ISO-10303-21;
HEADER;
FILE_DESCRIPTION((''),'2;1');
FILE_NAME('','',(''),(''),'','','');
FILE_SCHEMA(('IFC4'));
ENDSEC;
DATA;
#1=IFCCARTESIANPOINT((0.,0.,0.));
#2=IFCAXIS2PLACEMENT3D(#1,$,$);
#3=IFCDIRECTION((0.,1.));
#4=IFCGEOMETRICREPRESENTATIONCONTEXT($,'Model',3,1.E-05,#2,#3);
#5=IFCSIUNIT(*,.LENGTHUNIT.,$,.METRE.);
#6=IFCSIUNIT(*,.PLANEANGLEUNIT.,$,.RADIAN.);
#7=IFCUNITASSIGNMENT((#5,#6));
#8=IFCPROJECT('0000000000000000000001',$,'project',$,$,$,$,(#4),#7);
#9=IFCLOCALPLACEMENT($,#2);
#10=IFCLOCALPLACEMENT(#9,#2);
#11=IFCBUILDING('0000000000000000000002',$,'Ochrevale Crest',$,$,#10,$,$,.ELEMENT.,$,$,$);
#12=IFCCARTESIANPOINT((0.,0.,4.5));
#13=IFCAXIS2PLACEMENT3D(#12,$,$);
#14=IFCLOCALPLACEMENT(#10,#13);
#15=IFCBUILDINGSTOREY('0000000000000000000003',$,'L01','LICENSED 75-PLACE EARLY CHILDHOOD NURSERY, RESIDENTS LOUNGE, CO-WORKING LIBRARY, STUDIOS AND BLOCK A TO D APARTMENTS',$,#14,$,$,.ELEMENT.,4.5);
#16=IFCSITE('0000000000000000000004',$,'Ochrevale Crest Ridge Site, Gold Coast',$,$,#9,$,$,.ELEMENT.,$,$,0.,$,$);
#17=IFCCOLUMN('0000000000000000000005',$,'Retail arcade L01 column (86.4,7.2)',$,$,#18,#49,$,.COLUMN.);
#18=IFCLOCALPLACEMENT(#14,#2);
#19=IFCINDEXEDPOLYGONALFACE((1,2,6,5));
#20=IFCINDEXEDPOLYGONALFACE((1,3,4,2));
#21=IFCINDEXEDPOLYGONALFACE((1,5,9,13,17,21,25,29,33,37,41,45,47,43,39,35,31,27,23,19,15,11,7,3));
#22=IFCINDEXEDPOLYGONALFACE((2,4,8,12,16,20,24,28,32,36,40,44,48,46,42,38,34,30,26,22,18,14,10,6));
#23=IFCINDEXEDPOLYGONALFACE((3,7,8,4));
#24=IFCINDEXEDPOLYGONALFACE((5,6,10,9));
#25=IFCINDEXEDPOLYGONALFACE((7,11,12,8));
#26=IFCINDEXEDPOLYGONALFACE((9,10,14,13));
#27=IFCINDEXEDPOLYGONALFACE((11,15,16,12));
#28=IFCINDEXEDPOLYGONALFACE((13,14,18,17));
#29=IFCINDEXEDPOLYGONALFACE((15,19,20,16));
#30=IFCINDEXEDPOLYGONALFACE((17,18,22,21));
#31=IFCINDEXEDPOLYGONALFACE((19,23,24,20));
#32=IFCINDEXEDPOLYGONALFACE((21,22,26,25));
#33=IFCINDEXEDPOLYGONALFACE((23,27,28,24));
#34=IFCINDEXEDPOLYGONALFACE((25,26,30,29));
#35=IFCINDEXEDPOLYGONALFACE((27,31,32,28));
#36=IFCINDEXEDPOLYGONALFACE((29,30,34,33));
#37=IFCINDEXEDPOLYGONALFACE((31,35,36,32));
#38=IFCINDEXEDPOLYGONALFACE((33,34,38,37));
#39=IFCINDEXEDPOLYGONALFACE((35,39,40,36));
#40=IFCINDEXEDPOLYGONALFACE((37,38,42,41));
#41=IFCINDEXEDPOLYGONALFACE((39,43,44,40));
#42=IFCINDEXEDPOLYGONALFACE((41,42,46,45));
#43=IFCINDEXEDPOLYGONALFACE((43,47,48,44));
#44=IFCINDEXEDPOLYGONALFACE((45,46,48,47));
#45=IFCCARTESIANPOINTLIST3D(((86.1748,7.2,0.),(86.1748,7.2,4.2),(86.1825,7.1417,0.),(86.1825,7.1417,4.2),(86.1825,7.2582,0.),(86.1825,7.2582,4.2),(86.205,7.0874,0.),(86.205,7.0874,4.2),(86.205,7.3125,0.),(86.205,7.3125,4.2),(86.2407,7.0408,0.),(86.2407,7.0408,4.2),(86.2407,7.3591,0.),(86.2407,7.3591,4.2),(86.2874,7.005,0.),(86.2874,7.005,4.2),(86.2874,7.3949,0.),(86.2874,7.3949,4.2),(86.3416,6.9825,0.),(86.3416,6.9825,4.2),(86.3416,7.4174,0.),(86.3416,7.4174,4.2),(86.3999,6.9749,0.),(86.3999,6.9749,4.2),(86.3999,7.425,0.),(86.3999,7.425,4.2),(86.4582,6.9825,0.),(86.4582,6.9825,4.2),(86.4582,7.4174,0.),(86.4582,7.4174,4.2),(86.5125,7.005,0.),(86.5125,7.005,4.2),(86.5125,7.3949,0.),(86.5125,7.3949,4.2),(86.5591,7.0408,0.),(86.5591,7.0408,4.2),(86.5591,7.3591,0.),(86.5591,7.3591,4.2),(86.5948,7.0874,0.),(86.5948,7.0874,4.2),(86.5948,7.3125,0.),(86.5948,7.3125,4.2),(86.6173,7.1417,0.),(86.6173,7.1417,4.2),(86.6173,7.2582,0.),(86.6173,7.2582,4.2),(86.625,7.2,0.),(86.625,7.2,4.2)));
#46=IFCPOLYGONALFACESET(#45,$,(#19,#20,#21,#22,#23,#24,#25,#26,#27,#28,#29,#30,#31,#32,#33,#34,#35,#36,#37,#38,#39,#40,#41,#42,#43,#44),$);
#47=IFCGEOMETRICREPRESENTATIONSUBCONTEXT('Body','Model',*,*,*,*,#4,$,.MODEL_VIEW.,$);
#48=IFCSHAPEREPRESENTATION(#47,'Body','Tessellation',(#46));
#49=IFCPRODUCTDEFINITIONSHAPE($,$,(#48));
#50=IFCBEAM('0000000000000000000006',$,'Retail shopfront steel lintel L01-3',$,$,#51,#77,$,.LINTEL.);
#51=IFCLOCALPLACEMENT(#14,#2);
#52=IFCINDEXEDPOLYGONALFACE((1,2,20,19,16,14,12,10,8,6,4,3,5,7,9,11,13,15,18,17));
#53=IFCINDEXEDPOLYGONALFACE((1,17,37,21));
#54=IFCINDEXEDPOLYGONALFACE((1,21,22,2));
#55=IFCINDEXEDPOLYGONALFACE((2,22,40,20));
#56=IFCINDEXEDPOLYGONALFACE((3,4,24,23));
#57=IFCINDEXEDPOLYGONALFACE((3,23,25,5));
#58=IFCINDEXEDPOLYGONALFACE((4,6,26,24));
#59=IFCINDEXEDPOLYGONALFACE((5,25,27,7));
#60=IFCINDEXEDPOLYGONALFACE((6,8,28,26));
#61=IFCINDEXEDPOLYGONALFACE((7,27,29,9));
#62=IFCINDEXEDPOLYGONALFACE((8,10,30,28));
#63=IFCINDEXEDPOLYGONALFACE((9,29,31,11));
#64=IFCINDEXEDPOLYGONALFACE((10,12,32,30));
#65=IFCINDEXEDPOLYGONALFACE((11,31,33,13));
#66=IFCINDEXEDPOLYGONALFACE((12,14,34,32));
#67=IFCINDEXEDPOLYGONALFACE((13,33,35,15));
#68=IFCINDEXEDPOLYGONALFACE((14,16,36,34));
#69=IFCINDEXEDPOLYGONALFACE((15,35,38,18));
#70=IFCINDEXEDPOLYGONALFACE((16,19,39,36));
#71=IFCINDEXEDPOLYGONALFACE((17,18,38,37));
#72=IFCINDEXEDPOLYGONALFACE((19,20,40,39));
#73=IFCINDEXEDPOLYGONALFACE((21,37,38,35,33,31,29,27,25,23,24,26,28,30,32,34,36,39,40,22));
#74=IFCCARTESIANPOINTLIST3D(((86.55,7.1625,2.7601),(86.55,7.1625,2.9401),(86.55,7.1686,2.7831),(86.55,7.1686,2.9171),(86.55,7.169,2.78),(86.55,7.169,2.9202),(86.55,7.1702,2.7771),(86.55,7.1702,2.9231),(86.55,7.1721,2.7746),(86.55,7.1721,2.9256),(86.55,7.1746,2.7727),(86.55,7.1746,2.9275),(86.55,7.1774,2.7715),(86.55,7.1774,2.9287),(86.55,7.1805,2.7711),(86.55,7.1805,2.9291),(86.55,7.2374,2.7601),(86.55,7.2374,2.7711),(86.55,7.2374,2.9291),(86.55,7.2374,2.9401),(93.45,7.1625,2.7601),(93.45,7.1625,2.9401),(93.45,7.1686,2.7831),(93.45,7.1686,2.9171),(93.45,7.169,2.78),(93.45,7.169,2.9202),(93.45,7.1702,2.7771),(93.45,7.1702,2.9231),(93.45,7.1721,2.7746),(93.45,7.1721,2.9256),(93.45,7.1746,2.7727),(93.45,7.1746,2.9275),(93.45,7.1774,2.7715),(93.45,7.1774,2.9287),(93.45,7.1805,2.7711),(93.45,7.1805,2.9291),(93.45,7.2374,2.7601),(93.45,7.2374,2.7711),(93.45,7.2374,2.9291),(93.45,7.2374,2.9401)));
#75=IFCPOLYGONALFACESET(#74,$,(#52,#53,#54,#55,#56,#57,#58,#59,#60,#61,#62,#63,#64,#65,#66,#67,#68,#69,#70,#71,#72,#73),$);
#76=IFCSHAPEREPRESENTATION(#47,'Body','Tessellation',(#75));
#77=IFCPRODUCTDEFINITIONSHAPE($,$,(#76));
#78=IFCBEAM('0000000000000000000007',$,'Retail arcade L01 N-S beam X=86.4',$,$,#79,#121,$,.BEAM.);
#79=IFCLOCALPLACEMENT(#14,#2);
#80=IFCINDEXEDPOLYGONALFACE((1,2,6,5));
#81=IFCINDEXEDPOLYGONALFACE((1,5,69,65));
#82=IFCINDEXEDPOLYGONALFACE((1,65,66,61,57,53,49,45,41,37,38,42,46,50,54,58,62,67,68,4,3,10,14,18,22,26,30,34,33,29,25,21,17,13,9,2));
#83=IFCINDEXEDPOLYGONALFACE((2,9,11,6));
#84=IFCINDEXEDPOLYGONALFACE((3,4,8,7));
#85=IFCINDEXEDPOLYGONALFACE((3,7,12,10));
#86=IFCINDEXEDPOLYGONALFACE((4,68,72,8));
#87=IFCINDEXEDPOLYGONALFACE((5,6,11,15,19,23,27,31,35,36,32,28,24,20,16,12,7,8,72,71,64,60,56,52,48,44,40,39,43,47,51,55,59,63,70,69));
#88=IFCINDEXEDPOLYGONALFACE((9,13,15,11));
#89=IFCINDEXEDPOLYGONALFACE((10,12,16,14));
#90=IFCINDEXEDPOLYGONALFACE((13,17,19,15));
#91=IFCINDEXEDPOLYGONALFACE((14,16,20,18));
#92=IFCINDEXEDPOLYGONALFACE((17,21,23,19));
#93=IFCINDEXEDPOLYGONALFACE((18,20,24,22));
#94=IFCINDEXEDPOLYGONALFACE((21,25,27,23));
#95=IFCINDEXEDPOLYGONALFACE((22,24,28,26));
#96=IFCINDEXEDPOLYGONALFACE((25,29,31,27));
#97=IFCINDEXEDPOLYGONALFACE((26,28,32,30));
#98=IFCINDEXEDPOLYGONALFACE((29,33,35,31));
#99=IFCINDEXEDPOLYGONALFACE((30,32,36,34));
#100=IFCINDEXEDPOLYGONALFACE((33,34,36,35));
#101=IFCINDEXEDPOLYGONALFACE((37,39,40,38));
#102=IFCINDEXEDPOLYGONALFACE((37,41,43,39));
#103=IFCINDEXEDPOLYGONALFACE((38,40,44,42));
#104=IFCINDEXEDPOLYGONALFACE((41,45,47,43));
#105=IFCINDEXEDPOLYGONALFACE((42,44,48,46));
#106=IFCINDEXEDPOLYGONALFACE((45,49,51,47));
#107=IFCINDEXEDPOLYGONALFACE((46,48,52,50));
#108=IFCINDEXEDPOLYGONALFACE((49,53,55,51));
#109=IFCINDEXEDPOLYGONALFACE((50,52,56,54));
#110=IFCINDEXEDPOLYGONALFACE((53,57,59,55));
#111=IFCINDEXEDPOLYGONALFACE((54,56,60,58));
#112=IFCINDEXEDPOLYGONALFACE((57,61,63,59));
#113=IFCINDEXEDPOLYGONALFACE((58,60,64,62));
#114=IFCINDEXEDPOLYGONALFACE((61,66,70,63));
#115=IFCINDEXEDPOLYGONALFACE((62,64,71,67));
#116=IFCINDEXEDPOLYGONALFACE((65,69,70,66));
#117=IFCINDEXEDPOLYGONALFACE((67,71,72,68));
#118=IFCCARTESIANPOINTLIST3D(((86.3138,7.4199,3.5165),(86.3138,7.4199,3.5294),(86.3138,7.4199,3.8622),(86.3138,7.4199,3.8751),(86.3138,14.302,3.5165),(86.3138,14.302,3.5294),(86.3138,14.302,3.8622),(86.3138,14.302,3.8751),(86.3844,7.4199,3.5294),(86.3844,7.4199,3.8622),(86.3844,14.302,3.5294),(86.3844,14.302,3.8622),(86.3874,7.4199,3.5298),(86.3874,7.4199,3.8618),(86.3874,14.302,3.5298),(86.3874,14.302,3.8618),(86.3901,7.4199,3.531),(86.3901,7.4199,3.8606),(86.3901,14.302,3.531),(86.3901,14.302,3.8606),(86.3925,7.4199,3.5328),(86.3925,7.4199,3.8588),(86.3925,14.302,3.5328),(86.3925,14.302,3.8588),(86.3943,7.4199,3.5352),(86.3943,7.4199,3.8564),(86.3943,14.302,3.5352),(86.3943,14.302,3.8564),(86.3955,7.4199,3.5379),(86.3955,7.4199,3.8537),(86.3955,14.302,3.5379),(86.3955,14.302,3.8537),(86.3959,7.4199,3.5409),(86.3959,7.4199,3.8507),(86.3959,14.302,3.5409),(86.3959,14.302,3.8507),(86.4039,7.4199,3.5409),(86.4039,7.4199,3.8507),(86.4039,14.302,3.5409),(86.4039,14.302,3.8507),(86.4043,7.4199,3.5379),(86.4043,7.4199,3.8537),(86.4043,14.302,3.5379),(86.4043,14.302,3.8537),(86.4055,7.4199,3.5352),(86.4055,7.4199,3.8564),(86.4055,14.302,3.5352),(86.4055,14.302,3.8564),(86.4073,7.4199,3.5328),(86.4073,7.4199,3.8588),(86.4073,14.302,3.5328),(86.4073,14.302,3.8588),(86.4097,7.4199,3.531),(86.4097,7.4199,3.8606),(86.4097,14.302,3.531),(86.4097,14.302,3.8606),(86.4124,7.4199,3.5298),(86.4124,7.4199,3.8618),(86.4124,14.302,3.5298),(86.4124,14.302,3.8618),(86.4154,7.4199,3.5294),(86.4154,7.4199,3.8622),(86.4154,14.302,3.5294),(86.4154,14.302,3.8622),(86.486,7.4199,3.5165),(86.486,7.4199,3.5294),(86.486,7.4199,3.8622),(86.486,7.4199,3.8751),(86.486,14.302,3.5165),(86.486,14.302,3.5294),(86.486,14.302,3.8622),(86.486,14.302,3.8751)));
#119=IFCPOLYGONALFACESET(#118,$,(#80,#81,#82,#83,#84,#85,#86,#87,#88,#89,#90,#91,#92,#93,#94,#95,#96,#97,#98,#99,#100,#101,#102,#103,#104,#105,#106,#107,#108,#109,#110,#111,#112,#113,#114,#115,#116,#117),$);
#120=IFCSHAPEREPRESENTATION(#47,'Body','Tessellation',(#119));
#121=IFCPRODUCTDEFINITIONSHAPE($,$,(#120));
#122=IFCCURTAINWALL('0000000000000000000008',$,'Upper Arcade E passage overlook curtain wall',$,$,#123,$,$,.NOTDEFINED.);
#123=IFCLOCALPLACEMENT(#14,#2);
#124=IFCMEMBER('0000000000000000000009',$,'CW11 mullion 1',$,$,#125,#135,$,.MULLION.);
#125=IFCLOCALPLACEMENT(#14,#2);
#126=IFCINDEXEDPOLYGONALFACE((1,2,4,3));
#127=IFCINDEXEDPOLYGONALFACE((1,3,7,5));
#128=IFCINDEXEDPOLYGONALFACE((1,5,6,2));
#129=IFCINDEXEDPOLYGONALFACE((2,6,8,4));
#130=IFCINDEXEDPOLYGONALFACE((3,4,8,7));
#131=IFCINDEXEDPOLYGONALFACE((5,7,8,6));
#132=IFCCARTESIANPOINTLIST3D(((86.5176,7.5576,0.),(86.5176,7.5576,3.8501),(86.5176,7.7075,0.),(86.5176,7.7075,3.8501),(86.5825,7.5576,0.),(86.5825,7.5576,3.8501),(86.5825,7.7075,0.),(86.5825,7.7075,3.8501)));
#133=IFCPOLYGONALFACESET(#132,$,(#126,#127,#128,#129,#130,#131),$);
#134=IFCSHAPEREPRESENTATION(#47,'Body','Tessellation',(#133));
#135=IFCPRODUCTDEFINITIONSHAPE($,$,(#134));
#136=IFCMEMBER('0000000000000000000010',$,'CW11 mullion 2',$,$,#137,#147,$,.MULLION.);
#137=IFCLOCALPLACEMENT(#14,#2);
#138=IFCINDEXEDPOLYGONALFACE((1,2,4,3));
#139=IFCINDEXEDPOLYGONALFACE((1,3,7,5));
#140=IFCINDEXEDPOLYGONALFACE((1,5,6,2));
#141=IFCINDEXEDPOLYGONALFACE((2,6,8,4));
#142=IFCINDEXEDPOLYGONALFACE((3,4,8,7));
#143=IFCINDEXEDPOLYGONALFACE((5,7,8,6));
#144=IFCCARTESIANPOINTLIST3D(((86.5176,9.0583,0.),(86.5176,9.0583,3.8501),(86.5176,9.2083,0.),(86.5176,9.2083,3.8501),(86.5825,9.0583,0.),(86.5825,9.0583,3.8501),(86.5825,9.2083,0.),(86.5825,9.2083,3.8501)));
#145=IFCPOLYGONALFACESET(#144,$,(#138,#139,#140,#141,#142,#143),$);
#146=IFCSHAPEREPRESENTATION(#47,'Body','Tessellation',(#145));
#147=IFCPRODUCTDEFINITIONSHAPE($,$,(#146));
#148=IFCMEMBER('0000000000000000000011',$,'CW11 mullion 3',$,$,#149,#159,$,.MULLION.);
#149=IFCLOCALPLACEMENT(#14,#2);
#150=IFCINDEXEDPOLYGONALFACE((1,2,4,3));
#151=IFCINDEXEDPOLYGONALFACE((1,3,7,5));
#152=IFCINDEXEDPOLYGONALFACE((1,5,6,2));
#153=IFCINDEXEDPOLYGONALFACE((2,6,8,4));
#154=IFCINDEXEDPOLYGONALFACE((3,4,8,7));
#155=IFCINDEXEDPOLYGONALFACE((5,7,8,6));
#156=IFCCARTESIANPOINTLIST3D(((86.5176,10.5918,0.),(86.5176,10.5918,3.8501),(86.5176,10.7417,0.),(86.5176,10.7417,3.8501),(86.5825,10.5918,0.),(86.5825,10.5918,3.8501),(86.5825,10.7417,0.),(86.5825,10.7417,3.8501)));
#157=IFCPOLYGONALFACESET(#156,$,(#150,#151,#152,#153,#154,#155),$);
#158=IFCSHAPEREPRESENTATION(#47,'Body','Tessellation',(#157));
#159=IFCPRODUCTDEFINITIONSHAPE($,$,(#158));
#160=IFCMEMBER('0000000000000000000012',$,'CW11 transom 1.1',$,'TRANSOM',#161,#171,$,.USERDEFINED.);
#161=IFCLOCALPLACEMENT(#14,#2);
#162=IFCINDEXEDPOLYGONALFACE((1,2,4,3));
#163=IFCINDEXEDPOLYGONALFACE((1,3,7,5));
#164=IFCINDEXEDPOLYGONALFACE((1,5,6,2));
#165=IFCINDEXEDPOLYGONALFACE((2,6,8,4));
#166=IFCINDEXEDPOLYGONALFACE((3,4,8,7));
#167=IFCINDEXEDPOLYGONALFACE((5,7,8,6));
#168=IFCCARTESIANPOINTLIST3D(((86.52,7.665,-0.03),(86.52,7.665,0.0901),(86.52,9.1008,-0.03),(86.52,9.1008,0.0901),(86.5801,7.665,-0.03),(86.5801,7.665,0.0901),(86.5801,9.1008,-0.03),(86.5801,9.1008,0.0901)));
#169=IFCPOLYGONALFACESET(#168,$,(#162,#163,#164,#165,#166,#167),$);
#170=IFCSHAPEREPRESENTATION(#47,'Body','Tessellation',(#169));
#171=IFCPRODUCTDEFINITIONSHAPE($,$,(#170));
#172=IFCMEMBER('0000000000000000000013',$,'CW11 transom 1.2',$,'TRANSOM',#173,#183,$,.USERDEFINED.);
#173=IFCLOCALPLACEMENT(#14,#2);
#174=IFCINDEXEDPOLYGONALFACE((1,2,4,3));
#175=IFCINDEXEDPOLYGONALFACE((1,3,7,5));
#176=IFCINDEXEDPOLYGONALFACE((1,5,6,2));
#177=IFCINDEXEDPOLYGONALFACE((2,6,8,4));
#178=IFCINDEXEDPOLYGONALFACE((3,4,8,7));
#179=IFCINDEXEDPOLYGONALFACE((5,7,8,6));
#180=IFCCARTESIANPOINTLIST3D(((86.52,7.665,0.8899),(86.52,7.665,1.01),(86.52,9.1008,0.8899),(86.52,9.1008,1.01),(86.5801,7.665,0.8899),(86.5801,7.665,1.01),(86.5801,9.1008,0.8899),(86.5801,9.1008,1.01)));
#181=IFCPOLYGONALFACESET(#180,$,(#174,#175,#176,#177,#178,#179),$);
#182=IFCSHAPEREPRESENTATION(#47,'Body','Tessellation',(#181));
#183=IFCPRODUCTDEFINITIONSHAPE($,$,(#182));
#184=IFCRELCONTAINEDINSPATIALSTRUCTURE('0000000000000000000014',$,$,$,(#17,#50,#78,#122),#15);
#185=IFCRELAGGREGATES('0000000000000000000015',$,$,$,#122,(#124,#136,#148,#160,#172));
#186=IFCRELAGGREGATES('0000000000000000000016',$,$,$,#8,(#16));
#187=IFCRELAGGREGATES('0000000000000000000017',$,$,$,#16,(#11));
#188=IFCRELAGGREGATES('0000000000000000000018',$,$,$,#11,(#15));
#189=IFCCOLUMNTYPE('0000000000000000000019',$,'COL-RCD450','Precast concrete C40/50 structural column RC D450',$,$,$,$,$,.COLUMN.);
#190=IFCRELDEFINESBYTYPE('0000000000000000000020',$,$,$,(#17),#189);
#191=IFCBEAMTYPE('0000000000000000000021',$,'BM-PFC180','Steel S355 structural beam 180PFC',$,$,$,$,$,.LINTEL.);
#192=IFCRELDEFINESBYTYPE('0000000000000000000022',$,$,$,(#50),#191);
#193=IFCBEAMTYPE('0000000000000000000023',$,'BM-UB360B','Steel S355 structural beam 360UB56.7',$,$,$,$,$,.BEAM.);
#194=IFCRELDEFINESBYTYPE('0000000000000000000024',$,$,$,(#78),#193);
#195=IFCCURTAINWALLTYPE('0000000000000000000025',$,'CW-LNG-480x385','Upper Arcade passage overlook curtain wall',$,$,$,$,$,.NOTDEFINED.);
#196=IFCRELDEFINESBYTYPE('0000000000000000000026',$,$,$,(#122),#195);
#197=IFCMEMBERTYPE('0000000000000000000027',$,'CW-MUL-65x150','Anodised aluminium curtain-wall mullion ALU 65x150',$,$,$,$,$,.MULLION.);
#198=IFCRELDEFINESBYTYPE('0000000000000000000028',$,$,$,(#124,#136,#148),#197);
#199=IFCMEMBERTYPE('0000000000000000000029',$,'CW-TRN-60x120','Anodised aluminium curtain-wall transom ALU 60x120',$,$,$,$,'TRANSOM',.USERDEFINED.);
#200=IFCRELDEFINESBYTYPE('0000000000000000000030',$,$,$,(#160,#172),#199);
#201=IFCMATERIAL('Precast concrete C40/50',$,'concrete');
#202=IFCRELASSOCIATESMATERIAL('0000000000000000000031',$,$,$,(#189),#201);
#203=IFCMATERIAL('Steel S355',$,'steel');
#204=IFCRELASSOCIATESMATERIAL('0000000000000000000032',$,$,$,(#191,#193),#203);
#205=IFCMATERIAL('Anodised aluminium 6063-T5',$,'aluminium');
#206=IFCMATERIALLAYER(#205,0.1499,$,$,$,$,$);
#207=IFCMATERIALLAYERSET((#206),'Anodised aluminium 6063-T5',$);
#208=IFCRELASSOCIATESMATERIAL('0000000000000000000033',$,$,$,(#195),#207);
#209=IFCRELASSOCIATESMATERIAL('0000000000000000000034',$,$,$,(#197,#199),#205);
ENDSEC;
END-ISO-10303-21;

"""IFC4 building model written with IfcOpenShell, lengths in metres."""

from ifc_helpers import new_model, si_unit, direction, frame, origin, origin_2d, place, context, subcontext, project, spatial, rectangle, circle, i_section, u_section, extrude, material, layer, layer_set, material_profile, profile_set, type_object, element, aggregate, save


model = new_model("IFC4")

# Units and contexts
model_context = context("Model", 3, precision=1e-05, world=origin(), true_north=direction((0.0, 1.0)))
body_context = subcontext(model_context, "Body", "Model", "MODEL_VIEW")
ifc_project = project(units=[si_unit("LENGTHUNIT", "METRE"), si_unit("PLANEANGLEUNIT", "RADIAN")], contexts=[model_context])

# Site, building, storey
site_placement = place(None, origin())
site = spatial("IfcSite", under=ifc_project, at=site_placement, Name="Ochrevale Crest Ridge Site, Gold Coast", CompositionType="ELEMENT", RefElevation=0.0)
building_placement = place(site_placement, origin())
building = spatial("IfcBuilding", under=site, at=building_placement, Name="Ochrevale Crest", CompositionType="ELEMENT")
storey_placement = place(building_placement, frame((0.0, 0.0, 4.5)))
storey = spatial("IfcBuildingStorey", under=building, at=storey_placement, Name="L01", Description="LICENSED 75-PLACE EARLY CHILDHOOD NURSERY, RESIDENTS LOUNGE, CO-WORKING LIBRARY, STUDIOS AND BLOCK A TO D APARTMENTS", CompositionType="ELEMENT", Elevation=4.5)

# Column
ifc_material_1 = material(Name="Precast concrete C40/50", Category="concrete")
ifc_material_profile_1 = material_profile(ifc_material_1, circle(Radius=0.2251, at=origin_2d()), Name="RC D450")
ifc_profile_set_1 = profile_set([ifc_material_profile_1], Name="Precast concrete C40/50")
column_type = type_object("IfcColumnType", Name="COL-RCD450", Description="Precast concrete C40/50 structural column RC D450", PredefinedType="COLUMN", material=ifc_profile_set_1)
column_placement = place(storey_placement, frame((86.3999, 7.2, 0.0), z_axis=(0.0, 0.0, 1.0), x_axis=(1.0, 0.0, 0.0)))
element("IfcColumn", 1, at=column_placement, inside=storey, type_object=column_type, Name="Retail arcade L01 column (86.4,7.2)", PredefinedType="COLUMN", context=body_context, shape_type="SweptSolid", body=[
    extrude(circle(Radius=0.2251, at=origin_2d()), origin(), (0.0, 0.0, 1.0), 4.2),
])

# Beams
ifc_material_2 = material(Name="Steel S355", Category="steel")
ifc_material_profile_2 = material_profile(ifc_material_2, u_section(Depth=0.1799, FlangeWidth=0.075, WebThickness=0.0061, FlangeThickness=0.011, FilletRadius=0.012, at=origin_2d()), Name="180PFC")
ifc_profile_set_2 = profile_set([ifc_material_profile_2], Name="Steel S355")
beam_type_1 = type_object("IfcBeamType", Name="BM-PFC180", Description="Steel S355 structural beam 180PFC", PredefinedType="LINTEL", material=ifc_profile_set_2)
beam_1_placement = place(storey_placement, frame((86.55, 7.2, 2.8501), z_axis=(1.0, 0.0, 0.0), x_axis=(0.0, 1.0, 0.0)))
element("IfcBeam", 2, at=beam_1_placement, inside=storey, type_object=beam_type_1, Name="Retail shopfront steel lintel L01-3", PredefinedType="LINTEL", context=body_context, shape_type="SweptSolid", body=[
    extrude(u_section(Depth=0.1799, FlangeWidth=0.075, WebThickness=0.0061, FlangeThickness=0.011, FilletRadius=0.012, at=origin_2d()), origin(), (0.0, 0.0, 1.0), 6.8999),
])
ifc_material_profile_3 = material_profile(ifc_material_2, i_section(OverallWidth=0.1721, OverallDepth=0.3586, WebThickness=0.0081, FlangeThickness=0.0129, FilletRadius=0.0115, at=origin_2d()), Name="360UB56.7")
ifc_profile_set_3 = profile_set([ifc_material_profile_3], Name="Steel S355")
beam_type_2 = type_object("IfcBeamType", Name="BM-UB360B", Description="Steel S355 structural beam 360UB56.7", PredefinedType="BEAM", material=ifc_profile_set_3)
beam_2_placement = place(storey_placement, frame((86.3999, 7.4199, 3.6958), z_axis=(0.0, 1.0, 0.0), x_axis=(-1.0, 0.0, 0.0)))
element("IfcBeam", 3, at=beam_2_placement, inside=storey, type_object=beam_type_2, Name="Retail arcade L01 N-S beam X=86.4", PredefinedType="BEAM", context=body_context, shape_type="SweptSolid", body=[
    extrude(i_section(OverallWidth=0.1721, OverallDepth=0.3586, WebThickness=0.0081, FlangeThickness=0.0129, FilletRadius=0.0115, at=origin_2d()), origin(), (0.0, 0.0, 1.0), 6.8821),
])

# Curtain wall, members
ifc_material_3 = material(Name="Anodised aluminium 6063-T5", Category="aluminium")
ifc_layer_1 = layer(ifc_material_3, 0.1499)
ifc_layer_set_1 = layer_set([ifc_layer_1], Name="Anodised aluminium 6063-T5")
curtain_wall_type = type_object("IfcCurtainWallType", Name="CW-LNG-480x385", Description="Upper Arcade passage overlook curtain wall", PredefinedType="NOTDEFINED", material=ifc_layer_set_1)
curtain_wall_placement = place(storey_placement, origin())
curtain_wall = element("IfcCurtainWall", 4, at=curtain_wall_placement, inside=storey, type_object=curtain_wall_type, Name="Upper Arcade E passage overlook curtain wall", PredefinedType="NOTDEFINED")
ifc_material_profile_4 = material_profile(ifc_material_3, rectangle(XDim=0.0649, YDim=0.1499, at=origin_2d()), Name="ALU 65x150")
ifc_profile_set_4 = profile_set([ifc_material_profile_4], Name="Anodised aluminium 6063-T5")
member_type_1 = type_object("IfcMemberType", Name="CW-MUL-65x150", Description="Anodised aluminium curtain-wall mullion ALU 65x150", PredefinedType="MULLION", material=ifc_profile_set_4)
member_1_placement = place(storey_placement, frame((86.55, 7.6326, 0.0), z_axis=(0.0, 0.0, 1.0), x_axis=(-1.0, 0.0, 0.0)))
member_1 = element("IfcMember", 5, at=member_1_placement, type_object=member_type_1, Name="CW11 mullion 1", PredefinedType="MULLION", context=body_context, shape_type="SweptSolid", body=[
    extrude(rectangle(XDim=0.0649, YDim=0.1499, at=origin_2d()), origin(), (0.0, 0.0, 1.0), 3.8501),
])
member_2_placement = place(storey_placement, frame((86.55, 9.1333, 0.0), z_axis=(0.0, 0.0, 1.0), x_axis=(-1.0, 0.0, 0.0)))
member_2 = element("IfcMember", 6, at=member_2_placement, type_object=member_type_1, Name="CW11 mullion 2", PredefinedType="MULLION", context=body_context, shape_type="SweptSolid", body=[
    extrude(rectangle(XDim=0.0649, YDim=0.1499, at=origin_2d()), origin(), (0.0, 0.0, 1.0), 3.8501),
])
member_3_placement = place(storey_placement, frame((86.55, 10.6667, 0.0), z_axis=(0.0, 0.0, 1.0), x_axis=(-1.0, 0.0, 0.0)))
member_3 = element("IfcMember", 7, at=member_3_placement, type_object=member_type_1, Name="CW11 mullion 3", PredefinedType="MULLION", context=body_context, shape_type="SweptSolid", body=[
    extrude(rectangle(XDim=0.0649, YDim=0.1499, at=origin_2d()), origin(), (0.0, 0.0, 1.0), 3.8501),
])
ifc_material_profile_5 = material_profile(ifc_material_3, rectangle(XDim=0.0601, YDim=0.1201, at=origin_2d()), Name="ALU 60x120")
ifc_profile_set_5 = profile_set([ifc_material_profile_5], Name="Anodised aluminium 6063-T5")
member_type_2 = type_object("IfcMemberType", Name="CW-TRN-60x120", Description="Anodised aluminium curtain-wall transom ALU 60x120", ElementType="TRANSOM", PredefinedType="USERDEFINED", material=ifc_profile_set_5)
member_4_placement = place(storey_placement, frame((86.55, 7.665, 0.03), z_axis=(0.0, 1.0, 0.0), x_axis=(-1.0, 0.0, 0.0)))
member_4 = element("IfcMember", 8, at=member_4_placement, type_object=member_type_2, Name="CW11 transom 1.1", ObjectType="TRANSOM", PredefinedType="USERDEFINED", context=body_context, shape_type="SweptSolid", body=[
    extrude(rectangle(XDim=0.0601, YDim=0.1201, at=origin_2d()), origin(), (0.0, 0.0, 1.0), 1.4358),
])
member_5_placement = place(storey_placement, frame((86.55, 7.665, 0.95), z_axis=(0.0, 1.0, 0.0), x_axis=(-1.0, 0.0, 0.0)))
member_5 = element("IfcMember", 9, at=member_5_placement, type_object=member_type_2, Name="CW11 transom 1.2", ObjectType="TRANSOM", PredefinedType="USERDEFINED", context=body_context, shape_type="SweptSolid", body=[
    extrude(rectangle(XDim=0.0601, YDim=0.1201, at=origin_2d()), origin(), (0.0, 0.0, 1.0), 1.4358),
])

aggregate(curtain_wall, [member_1, member_2, member_3, member_4, member_5])

save(model, "model.ifc")
